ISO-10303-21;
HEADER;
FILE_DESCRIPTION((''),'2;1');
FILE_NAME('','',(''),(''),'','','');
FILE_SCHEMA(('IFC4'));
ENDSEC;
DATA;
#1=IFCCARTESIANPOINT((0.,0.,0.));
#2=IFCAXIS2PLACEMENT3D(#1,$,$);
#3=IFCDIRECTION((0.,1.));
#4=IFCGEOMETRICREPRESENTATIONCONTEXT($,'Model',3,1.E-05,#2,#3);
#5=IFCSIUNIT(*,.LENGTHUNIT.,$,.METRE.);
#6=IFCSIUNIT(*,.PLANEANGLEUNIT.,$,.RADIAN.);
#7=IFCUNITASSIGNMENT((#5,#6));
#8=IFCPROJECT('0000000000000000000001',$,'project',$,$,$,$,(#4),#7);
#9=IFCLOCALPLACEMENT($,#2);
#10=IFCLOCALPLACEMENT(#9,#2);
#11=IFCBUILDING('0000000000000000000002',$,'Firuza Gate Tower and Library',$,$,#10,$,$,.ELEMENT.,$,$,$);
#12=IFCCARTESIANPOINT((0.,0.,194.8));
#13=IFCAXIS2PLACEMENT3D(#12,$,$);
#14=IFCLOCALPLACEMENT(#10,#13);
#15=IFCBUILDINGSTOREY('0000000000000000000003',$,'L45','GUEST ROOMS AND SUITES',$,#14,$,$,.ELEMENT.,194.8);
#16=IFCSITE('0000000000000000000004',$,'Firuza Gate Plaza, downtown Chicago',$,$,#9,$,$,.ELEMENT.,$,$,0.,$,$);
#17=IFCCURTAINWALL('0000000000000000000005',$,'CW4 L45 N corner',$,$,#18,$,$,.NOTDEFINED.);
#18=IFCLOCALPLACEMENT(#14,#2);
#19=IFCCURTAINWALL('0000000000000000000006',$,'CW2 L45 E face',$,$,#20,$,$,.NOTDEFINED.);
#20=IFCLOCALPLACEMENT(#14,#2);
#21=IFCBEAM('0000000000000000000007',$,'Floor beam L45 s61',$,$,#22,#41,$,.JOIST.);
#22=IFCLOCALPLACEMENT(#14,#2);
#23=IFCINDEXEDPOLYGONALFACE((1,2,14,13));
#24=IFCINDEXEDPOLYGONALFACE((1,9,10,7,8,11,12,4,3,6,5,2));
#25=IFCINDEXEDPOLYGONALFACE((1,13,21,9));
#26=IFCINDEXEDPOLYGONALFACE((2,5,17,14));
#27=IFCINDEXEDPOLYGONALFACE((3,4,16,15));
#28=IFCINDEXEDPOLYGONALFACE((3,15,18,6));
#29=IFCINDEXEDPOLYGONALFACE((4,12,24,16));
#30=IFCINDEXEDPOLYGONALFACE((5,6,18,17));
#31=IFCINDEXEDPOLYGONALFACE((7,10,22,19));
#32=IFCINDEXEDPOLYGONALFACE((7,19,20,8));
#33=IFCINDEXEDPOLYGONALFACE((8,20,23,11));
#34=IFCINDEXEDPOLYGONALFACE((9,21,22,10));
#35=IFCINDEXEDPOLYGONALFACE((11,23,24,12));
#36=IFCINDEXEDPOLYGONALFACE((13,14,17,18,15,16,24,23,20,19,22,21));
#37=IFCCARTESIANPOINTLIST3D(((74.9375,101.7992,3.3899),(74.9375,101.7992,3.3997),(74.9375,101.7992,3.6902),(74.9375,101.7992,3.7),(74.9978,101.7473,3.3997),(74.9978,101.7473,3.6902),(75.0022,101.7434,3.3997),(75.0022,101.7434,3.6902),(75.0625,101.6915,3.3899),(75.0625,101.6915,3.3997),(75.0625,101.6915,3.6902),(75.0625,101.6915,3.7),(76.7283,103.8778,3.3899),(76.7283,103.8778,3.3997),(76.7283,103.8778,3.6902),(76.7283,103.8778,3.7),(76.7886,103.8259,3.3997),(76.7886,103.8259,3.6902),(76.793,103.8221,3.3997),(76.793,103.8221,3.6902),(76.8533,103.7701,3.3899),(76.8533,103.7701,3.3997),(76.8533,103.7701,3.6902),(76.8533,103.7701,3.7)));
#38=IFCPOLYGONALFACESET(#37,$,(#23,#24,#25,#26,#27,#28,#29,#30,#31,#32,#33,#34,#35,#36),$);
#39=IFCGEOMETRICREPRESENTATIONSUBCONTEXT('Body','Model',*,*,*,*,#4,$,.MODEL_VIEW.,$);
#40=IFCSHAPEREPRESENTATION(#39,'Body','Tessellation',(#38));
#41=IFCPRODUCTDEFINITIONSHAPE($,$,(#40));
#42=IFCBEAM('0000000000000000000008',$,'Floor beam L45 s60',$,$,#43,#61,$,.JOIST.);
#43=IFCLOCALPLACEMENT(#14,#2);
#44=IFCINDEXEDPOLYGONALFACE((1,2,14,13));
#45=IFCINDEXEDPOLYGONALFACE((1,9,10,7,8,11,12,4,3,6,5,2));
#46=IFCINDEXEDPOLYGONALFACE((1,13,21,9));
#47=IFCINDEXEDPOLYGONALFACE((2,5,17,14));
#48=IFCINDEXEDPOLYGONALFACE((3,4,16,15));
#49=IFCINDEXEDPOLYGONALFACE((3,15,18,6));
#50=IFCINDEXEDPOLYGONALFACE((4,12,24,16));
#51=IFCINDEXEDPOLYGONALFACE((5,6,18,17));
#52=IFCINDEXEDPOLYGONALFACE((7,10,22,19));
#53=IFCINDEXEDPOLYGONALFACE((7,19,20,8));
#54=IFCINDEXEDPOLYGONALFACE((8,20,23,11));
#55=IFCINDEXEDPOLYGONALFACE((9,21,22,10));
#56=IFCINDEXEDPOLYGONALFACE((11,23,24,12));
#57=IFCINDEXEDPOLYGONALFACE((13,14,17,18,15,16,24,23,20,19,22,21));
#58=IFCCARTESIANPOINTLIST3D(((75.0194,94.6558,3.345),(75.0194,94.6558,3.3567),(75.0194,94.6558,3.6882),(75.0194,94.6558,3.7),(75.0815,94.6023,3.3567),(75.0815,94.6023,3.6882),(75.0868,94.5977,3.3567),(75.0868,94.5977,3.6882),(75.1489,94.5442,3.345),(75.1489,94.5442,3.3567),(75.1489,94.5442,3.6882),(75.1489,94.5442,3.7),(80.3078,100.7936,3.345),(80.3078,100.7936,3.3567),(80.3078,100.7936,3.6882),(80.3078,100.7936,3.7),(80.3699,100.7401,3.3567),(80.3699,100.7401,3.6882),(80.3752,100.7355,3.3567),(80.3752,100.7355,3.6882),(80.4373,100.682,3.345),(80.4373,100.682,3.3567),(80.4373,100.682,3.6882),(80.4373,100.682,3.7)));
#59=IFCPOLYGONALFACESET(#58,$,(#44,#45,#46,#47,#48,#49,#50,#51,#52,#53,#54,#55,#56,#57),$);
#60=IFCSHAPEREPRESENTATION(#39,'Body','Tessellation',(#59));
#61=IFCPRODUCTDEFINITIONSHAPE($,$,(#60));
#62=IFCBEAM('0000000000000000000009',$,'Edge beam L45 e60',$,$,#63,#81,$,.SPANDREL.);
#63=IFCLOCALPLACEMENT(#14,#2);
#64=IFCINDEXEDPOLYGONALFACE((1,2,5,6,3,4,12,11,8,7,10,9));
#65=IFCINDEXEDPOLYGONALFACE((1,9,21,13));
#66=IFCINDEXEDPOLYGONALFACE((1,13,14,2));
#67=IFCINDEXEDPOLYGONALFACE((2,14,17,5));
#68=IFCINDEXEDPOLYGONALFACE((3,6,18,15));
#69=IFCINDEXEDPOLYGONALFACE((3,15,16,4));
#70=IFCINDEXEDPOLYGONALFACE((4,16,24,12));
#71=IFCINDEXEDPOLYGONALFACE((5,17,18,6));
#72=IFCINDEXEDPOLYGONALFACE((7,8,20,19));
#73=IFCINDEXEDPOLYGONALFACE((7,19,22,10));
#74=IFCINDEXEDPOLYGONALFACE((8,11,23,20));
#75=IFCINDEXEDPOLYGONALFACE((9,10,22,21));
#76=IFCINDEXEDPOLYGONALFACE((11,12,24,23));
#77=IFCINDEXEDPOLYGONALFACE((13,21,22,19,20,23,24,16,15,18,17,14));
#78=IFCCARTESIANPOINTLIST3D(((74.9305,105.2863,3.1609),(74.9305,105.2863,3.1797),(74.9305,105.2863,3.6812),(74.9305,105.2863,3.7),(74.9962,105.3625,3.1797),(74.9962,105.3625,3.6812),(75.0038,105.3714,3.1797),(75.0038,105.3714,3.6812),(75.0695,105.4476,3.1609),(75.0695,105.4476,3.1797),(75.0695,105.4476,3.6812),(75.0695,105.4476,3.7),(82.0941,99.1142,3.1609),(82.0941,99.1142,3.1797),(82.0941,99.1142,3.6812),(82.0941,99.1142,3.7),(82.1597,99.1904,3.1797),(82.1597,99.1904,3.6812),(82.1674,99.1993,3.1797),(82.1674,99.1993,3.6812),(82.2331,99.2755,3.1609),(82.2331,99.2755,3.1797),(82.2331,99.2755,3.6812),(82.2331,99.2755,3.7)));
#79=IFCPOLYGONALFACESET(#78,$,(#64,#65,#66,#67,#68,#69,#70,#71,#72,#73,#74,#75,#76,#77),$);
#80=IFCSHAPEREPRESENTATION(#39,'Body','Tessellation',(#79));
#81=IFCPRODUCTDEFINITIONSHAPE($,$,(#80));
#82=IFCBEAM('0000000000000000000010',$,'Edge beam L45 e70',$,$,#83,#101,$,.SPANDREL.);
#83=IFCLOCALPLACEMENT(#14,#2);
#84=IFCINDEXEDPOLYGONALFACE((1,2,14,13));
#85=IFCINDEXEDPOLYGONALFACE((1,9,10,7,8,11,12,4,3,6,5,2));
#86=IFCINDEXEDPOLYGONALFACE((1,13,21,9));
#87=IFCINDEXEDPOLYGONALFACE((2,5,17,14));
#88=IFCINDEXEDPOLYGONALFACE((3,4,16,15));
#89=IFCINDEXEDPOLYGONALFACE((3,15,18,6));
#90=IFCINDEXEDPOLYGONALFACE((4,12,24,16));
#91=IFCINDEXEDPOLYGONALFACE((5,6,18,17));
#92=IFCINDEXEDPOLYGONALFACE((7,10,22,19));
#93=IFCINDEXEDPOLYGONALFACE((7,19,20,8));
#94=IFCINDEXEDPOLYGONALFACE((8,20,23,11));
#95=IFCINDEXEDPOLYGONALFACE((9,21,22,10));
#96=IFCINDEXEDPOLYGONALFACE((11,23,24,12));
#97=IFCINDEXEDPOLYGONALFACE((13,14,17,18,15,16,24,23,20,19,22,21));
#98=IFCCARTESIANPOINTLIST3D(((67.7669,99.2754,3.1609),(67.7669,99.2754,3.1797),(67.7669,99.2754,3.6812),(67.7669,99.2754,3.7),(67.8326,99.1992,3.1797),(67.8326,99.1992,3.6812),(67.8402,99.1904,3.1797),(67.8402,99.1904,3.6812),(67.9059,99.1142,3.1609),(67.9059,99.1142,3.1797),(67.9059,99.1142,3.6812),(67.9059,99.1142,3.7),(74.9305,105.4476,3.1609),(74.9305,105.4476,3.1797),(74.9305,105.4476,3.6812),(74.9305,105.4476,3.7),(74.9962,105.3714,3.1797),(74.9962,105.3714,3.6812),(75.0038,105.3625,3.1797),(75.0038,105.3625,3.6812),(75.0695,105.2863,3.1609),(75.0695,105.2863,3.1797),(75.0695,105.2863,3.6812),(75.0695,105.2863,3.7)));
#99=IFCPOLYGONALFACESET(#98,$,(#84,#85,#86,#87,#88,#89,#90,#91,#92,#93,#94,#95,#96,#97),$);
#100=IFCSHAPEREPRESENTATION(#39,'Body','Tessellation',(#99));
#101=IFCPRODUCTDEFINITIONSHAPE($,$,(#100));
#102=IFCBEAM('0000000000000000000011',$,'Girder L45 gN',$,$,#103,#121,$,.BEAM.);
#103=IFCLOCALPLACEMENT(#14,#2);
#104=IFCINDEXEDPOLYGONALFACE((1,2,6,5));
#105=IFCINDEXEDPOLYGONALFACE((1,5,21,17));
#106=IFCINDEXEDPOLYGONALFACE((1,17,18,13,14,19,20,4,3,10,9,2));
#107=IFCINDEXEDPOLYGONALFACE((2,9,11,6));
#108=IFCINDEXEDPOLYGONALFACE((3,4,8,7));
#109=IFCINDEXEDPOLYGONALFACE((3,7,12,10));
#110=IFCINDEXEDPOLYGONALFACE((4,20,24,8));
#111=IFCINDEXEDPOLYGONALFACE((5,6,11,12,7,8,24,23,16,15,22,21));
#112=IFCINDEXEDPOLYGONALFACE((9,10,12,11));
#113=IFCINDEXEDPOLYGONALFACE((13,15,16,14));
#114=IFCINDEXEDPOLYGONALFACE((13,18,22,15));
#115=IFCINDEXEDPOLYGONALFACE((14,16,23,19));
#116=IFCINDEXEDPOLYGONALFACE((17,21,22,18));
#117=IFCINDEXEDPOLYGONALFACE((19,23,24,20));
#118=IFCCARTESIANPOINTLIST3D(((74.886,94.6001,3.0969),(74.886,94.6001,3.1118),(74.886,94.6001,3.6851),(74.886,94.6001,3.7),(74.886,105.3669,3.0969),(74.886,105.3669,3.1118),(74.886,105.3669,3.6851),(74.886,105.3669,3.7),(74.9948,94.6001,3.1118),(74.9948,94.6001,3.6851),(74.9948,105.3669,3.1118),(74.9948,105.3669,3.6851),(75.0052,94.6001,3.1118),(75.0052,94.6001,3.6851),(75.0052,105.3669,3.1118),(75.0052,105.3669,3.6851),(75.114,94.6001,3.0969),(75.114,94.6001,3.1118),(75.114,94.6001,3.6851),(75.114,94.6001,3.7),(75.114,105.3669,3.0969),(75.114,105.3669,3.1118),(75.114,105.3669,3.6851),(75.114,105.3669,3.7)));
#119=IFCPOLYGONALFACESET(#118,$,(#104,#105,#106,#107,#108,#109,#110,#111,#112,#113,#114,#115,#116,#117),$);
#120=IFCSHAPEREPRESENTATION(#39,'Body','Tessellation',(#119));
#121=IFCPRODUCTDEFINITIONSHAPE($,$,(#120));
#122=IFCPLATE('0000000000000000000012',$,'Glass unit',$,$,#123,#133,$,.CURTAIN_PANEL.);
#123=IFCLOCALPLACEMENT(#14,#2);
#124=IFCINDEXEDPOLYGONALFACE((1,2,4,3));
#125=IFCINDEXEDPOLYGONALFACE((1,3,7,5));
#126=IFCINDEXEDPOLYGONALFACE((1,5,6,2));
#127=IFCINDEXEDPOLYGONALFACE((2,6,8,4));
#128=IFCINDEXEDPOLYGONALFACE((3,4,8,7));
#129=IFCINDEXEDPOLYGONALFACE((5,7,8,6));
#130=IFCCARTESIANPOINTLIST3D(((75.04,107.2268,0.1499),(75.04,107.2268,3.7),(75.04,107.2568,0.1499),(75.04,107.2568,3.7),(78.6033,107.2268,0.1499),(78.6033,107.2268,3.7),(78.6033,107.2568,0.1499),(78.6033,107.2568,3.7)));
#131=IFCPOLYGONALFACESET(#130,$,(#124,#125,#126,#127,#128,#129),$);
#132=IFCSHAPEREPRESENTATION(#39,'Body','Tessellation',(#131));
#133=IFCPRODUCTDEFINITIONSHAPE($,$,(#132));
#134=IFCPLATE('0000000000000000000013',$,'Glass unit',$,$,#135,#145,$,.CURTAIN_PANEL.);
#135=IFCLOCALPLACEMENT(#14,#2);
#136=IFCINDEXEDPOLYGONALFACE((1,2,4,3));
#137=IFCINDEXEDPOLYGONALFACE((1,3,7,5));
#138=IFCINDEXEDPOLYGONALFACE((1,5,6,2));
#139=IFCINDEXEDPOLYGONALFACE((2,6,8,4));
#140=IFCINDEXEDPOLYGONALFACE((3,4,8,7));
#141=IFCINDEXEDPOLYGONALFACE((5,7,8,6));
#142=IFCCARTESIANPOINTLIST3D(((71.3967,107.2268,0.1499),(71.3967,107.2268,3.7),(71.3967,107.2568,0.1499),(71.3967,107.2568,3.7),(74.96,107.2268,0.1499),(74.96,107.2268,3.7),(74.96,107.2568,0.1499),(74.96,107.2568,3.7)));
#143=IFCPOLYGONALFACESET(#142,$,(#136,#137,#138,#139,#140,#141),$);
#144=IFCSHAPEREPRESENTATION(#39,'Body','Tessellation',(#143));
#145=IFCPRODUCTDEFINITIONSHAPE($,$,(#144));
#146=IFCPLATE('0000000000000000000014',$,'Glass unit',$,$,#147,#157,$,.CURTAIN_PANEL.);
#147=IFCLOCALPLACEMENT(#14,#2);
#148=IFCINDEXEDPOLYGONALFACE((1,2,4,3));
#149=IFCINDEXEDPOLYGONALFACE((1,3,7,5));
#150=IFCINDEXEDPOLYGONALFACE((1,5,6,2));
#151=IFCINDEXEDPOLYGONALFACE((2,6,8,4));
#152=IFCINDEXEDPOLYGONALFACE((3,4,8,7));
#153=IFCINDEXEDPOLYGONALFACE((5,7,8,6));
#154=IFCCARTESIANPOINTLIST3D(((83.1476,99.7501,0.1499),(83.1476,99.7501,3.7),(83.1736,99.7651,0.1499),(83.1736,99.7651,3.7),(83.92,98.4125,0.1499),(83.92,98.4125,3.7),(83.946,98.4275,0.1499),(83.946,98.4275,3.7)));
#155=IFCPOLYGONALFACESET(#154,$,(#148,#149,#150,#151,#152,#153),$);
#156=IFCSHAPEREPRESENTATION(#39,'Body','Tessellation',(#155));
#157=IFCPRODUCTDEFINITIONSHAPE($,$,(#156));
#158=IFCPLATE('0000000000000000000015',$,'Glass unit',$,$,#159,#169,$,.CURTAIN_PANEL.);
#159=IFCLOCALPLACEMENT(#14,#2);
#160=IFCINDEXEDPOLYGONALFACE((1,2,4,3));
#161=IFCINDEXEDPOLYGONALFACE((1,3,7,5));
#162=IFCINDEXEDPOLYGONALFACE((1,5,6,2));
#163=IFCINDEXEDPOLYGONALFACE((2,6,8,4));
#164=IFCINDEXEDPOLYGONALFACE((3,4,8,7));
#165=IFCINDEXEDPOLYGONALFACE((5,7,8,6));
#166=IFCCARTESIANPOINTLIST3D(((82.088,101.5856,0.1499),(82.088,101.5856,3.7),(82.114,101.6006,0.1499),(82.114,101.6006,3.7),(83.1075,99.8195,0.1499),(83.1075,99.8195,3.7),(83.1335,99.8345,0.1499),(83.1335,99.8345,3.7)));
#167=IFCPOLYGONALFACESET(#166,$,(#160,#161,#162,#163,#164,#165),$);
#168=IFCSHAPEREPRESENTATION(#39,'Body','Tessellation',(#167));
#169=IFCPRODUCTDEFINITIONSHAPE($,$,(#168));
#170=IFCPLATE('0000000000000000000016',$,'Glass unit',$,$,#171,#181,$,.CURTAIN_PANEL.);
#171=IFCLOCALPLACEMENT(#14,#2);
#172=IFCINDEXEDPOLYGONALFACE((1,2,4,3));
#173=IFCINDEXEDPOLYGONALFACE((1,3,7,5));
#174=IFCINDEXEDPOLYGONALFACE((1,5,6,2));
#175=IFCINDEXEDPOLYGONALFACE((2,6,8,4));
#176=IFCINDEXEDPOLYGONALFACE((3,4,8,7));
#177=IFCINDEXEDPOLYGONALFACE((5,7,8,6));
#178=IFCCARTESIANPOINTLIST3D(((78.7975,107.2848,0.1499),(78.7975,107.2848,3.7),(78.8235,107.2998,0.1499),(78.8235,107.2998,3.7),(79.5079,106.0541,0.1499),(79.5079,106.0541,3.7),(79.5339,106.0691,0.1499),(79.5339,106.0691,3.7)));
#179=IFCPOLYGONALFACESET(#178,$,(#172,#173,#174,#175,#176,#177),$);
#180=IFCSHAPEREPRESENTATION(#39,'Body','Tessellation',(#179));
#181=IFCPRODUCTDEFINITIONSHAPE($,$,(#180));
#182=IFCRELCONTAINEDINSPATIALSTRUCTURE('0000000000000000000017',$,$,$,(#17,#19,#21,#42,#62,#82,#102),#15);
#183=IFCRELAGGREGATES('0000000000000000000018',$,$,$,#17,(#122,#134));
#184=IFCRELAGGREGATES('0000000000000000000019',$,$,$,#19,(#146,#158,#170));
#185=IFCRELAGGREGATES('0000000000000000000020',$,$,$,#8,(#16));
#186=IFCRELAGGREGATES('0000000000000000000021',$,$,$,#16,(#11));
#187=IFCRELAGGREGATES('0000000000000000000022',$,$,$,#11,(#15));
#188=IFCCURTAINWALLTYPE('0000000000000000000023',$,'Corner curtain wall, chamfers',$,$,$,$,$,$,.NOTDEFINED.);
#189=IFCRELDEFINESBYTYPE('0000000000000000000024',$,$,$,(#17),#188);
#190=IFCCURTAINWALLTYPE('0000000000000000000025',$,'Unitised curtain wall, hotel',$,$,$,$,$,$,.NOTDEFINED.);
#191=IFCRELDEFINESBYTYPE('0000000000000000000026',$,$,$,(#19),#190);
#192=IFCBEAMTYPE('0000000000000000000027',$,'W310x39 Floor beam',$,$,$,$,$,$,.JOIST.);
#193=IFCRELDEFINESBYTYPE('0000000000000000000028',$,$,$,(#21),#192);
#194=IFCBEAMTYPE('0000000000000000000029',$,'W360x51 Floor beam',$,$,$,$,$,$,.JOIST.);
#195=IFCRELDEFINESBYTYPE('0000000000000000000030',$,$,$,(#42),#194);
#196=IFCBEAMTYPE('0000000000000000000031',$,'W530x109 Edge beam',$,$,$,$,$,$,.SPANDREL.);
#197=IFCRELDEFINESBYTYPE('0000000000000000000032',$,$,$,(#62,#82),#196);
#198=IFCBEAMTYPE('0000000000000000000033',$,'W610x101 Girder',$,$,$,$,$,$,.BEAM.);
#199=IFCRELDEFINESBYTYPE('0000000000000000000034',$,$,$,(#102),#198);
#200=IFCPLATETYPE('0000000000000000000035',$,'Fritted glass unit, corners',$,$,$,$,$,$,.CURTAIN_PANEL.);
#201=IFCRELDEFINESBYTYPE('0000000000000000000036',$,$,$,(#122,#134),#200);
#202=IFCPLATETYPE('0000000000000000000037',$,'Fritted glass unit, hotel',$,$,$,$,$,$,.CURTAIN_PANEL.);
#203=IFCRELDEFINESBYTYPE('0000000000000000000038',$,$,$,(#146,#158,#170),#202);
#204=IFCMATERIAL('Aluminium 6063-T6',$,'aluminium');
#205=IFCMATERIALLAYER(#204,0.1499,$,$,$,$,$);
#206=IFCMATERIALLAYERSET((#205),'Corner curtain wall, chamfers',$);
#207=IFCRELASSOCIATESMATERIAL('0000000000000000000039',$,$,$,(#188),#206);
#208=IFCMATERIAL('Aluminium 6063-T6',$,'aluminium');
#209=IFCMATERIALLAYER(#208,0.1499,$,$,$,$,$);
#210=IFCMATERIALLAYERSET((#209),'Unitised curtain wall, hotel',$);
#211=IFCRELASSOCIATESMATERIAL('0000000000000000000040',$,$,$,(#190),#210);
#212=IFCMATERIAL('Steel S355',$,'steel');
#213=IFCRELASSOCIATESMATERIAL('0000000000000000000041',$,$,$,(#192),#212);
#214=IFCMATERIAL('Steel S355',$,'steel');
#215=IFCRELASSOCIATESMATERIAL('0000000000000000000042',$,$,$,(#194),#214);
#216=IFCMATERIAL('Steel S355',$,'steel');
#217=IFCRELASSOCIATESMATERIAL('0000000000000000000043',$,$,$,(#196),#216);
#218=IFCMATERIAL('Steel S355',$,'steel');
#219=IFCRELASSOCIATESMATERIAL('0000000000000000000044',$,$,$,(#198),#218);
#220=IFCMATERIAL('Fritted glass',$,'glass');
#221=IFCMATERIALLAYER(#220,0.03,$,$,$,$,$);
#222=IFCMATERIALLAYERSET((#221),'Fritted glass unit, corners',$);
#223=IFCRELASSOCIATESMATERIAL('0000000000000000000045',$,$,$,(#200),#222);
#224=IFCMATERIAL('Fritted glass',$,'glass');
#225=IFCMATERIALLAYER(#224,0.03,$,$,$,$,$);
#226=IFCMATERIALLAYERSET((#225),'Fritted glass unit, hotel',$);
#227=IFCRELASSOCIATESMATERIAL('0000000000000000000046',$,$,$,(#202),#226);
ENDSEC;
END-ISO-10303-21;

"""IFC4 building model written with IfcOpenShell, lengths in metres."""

from ifc_helpers import new_model, si_unit, direction, frame, origin, origin_2d, place, context, subcontext, project, spatial, polyline, i_section, outline, extrude, material, layer, layer_set, material_profile, profile_set, type_object, element, aggregate, save


model = new_model("IFC4")

# Units and contexts
model_context = context("Model", 3, precision=1e-05, world=origin(), true_north=direction((0.0, 1.0)))
body_context = subcontext(model_context, "Body", "Model", "MODEL_VIEW")
ifc_project = project(units=[si_unit("LENGTHUNIT", "METRE"), si_unit("PLANEANGLEUNIT", "RADIAN")], contexts=[model_context])

# Site, building, storey
site_placement = place(None, origin())
site = spatial("IfcSite", under=ifc_project, at=site_placement, Name="Firuza Gate Plaza, downtown Chicago", CompositionType="ELEMENT", RefElevation=0.0)
building_placement = place(site_placement, origin())
building = spatial("IfcBuilding", under=site, at=building_placement, Name="Firuza Gate Tower and Library", CompositionType="ELEMENT")
storey_placement = place(building_placement, frame((0.0, 0.0, 194.8)))
storey = spatial("IfcBuildingStorey", under=building, at=storey_placement, Name="L45", Description="GUEST ROOMS AND SUITES", CompositionType="ELEMENT", Elevation=194.8)

# Curtain walls
ifc_material_1 = material(Name="Aluminium 6063-T6", Category="aluminium")
ifc_layer_1 = layer(ifc_material_1, 0.1499)
ifc_layer_set_1 = layer_set([ifc_layer_1], Name="Corner curtain wall, chamfers")
curtain_wall_type_1 = type_object("IfcCurtainWallType", Name="Corner curtain wall, chamfers", PredefinedType="NOTDEFINED", material=ifc_layer_set_1)
placement = place(storey_placement, origin())
curtain_wall_1 = element("IfcCurtainWall", 1, at=placement, inside=storey, type_object=curtain_wall_type_1, Name="CW4 L45 N corner", PredefinedType="NOTDEFINED")
ifc_material_2 = material(Name="Aluminium 6063-T6", Category="aluminium")
ifc_layer_2 = layer(ifc_material_2, 0.1499)
ifc_layer_set_2 = layer_set([ifc_layer_2], Name="Unitised curtain wall, hotel")
curtain_wall_type_2 = type_object("IfcCurtainWallType", Name="Unitised curtain wall, hotel", PredefinedType="NOTDEFINED", material=ifc_layer_set_2)
curtain_wall_2 = element("IfcCurtainWall", 2, at=placement, inside=storey, type_object=curtain_wall_type_2, Name="CW2 L45 E face", PredefinedType="NOTDEFINED")

# Beams
ifc_material_3 = material(Name="Steel S355", Category="steel")
ifc_material_profile_1 = material_profile(ifc_material_3, i_section(OverallWidth=0.165, OverallDepth=0.3101, WebThickness=0.0059, FlangeThickness=0.0098, at=origin_2d()))
ifc_profile_set_1 = profile_set([ifc_material_profile_1], Name="Steel S355")
beam_type_1 = type_object("IfcBeamType", Name="W310x39 Floor beam", PredefinedType="JOIST", material=ifc_profile_set_1)
beam_1_placement = place(storey_placement, frame((76.7908, 103.824, 3.5449), z_axis=(-0.652702, -0.757615, 0.0), x_axis=(0.757615, -0.652702, 0.0)))
element("IfcBeam", 3, at=beam_1_placement, inside=storey, type_object=beam_type_1, Name="Floor beam L45 s61", PredefinedType="JOIST", context=body_context, shape_type="SweptSolid", body=[
    extrude(i_section(OverallWidth=0.165, OverallDepth=0.3101, WebThickness=0.0059, FlangeThickness=0.0098, at=origin_2d()), origin(), (0.0, 0.0, 1.0), 2.7437),
])
ifc_material_4 = material(Name="Steel S355", Category="steel")
ifc_material_profile_2 = material_profile(ifc_material_4, i_section(OverallWidth=0.1709, OverallDepth=0.355, WebThickness=0.0071, FlangeThickness=0.0117, at=origin_2d()))
ifc_profile_set_2 = profile_set([ifc_material_profile_2], Name="Steel S355")
beam_type_2 = type_object("IfcBeamType", Name="W360x51 Floor beam", PredefinedType="JOIST", material=ifc_profile_set_2)
beam_2_placement = place(storey_placement, frame((80.3726, 100.7378, 3.5225), z_axis=(-0.652742, -0.75758, 0.0), x_axis=(0.75758, -0.652742, 0.0)))
element("IfcBeam", 4, at=beam_2_placement, inside=storey, type_object=beam_type_2, Name="Floor beam L45 s60", PredefinedType="JOIST", context=body_context, shape_type="SweptSolid", body=[
    extrude(i_section(OverallWidth=0.1709, OverallDepth=0.355, WebThickness=0.0071, FlangeThickness=0.0117, at=origin_2d()), origin(), (0.0, 0.0, 1.0), 8.1018),
])
ifc_material_5 = material(Name="Steel S355", Category="steel")
ifc_material_profile_3 = material_profile(ifc_material_5, i_section(OverallWidth=0.2129, OverallDepth=0.5391, WebThickness=0.0117, FlangeThickness=0.0188, at=origin_2d()))
ifc_profile_set_3 = profile_set([ifc_material_profile_3], Name="Steel S355")
beam_type_3 = type_object("IfcBeamType", Name="W530x109 Edge beam", PredefinedType="SPANDREL", material=ifc_profile_set_3)
for number, where, z_axis, x_axis, name in (
    (5, (82.1636, 99.1948, 3.4304), (-0.757586, 0.652735, 0.0), (-0.652735, -0.757586, 0.0), "Edge beam L45 e60"),
    (6, (75.0, 105.3669, 3.4304), (-0.757586, -0.652735, 0.0), (0.652735, -0.757586, 0.0), "Edge beam L45 e70"),
):
    element("IfcBeam", number, at=place(storey_placement, frame(where, z_axis=z_axis, x_axis=x_axis)), inside=storey, type_object=beam_type_3, Name=name, PredefinedType="SPANDREL", context=body_context, shape_type="SweptSolid", body=[
        extrude(i_section(OverallWidth=0.2129, OverallDepth=0.5391, WebThickness=0.0117, FlangeThickness=0.0188, at=origin_2d()), origin(), (0.0, 0.0, 1.0), 9.4558),
    ])
ifc_material_6 = material(Name="Steel S355", Category="steel")
ifc_material_profile_4 = material_profile(ifc_material_6, i_section(OverallWidth=0.228, OverallDepth=0.603, WebThickness=0.0105, FlangeThickness=0.0149, at=origin_2d()))
ifc_profile_set_4 = profile_set([ifc_material_profile_4], Name="Steel S355")
beam_type_4 = type_object("IfcBeamType", Name="W610x101 Girder", PredefinedType="BEAM", material=ifc_profile_set_4)
beam_3_placement = place(storey_placement, frame((75.0, 105.3669, 3.3984), z_axis=(0.0, -1.0, 0.0), x_axis=(1.0, 0.0, 0.0)))
element("IfcBeam", 7, at=beam_3_placement, inside=storey, type_object=beam_type_4, Name="Girder L45 gN", PredefinedType="BEAM", context=body_context, shape_type="SweptSolid", body=[
    extrude(i_section(OverallWidth=0.228, OverallDepth=0.603, WebThickness=0.0105, FlangeThickness=0.0149, at=origin_2d()), origin(), (0.0, 0.0, 1.0), 10.7668),
])

# Plates
ifc_material_7 = material(Name="Fritted glass", Category="glass")
ifc_layer_3 = layer(ifc_material_7, 0.03)
ifc_layer_set_3 = layer_set([ifc_layer_3], Name="Fritted glass unit, corners")
plate_type_1 = type_object("IfcPlateType", Name="Fritted glass unit, corners", PredefinedType="CURTAIN_PANEL", material=ifc_layer_set_3)
plate_1_placement = place(storey_placement, frame((78.6033, 107.2568, 0.1499), z_axis=(0.0, 1.0, 0.0), x_axis=(-1.0, 0.0, 0.0)))
plate_1 = element("IfcPlate", 8, at=plate_1_placement, type_object=plate_type_1, Name="Glass unit", PredefinedType="CURTAIN_PANEL", context=body_context, shape_type="SweptSolid", body=[
    extrude(outline(polyline([(0.0, 0.0), (3.5632, 0.0), (3.5632, 3.55), (0.0, 3.55), (0.0, 0.0)])), origin(), (0.0, 0.0, -1.0), 0.03),
])
plate_2_placement = place(storey_placement, frame((74.96, 107.2568, 0.1499), z_axis=(0.0, 1.0, 0.0), x_axis=(-1.0, 0.0, 0.0)))
plate_2 = element("IfcPlate", 9, at=plate_2_placement, type_object=plate_type_1, Name="Glass unit", PredefinedType="CURTAIN_PANEL", context=body_context, shape_type="SweptSolid", body=[
    extrude(outline(polyline([(0.0, 0.0), (3.5632, 0.0), (3.5632, 3.55), (0.0, 3.55), (0.0, 0.0)])), origin(), (0.0, 0.0, -1.0), 0.03),
])
aggregate(curtain_wall_1, [plate_1, plate_2])
ifc_material_8 = material(Name="Fritted glass", Category="glass")
ifc_layer_4 = layer(ifc_material_8, 0.03)
ifc_layer_set_4 = layer_set([ifc_layer_4], Name="Fritted glass unit, hotel")
plate_type_2 = type_object("IfcPlateType", Name="Fritted glass unit, hotel", PredefinedType="CURTAIN_PANEL", material=ifc_layer_set_4)
plate_3_placement = place(storey_placement, frame((83.946, 98.4275, 0.1499), z_axis=(0.865978, 0.500083, 0.0), x_axis=(-0.500083, 0.865978, 0.0)))
plate_3 = element("IfcPlate", 10, at=plate_3_placement, type_object=plate_type_2, Name="Glass unit", PredefinedType="CURTAIN_PANEL", context=body_context, shape_type="SweptSolid", body=[
    extrude(outline(polyline([(0.0, 0.0), (1.5447, 0.0), (1.5447, 3.55), (0.0, 3.55), (0.0, 0.0)])), origin(), (0.0, 0.0, -1.0), 0.03),
])
plate_4_placement = place(storey_placement, frame((83.1335, 99.8345, 0.1499), z_axis=(0.866054, 0.49995, 0.0), x_axis=(-0.49995, 0.866054, 0.0)))
plate_4 = element("IfcPlate", 11, at=plate_4_placement, type_object=plate_type_2, Name="Glass unit", PredefinedType="CURTAIN_PANEL", context=body_context, shape_type="SweptSolid", body=[
    extrude(outline(polyline([(0.0, 0.0), (2.0393, 0.0), (2.0393, 3.55), (0.0, 3.55), (0.0, 0.0)])), origin(), (0.0, 0.0, -1.0), 0.03),
])
plate_5_placement = place(storey_placement, frame((79.5339, 106.0691, 0.1499), z_axis=(0.866057, 0.499946, 0.0), x_axis=(-0.499946, 0.866057, 0.0)))
plate_5 = element("IfcPlate", 12, at=plate_5_placement, type_object=plate_type_2, Name="Glass unit", PredefinedType="CURTAIN_PANEL", context=body_context, shape_type="SweptSolid", body=[
    extrude(outline(polyline([(0.0, 0.0), (1.4211, 0.0), (1.4211, 3.55), (0.0, 3.55), (0.0, 0.0)])), origin(), (0.0, 0.0, -1.0), 0.03),
])
aggregate(curtain_wall_2, [plate_3, plate_4, plate_5])

save(model, "model.ifc")
